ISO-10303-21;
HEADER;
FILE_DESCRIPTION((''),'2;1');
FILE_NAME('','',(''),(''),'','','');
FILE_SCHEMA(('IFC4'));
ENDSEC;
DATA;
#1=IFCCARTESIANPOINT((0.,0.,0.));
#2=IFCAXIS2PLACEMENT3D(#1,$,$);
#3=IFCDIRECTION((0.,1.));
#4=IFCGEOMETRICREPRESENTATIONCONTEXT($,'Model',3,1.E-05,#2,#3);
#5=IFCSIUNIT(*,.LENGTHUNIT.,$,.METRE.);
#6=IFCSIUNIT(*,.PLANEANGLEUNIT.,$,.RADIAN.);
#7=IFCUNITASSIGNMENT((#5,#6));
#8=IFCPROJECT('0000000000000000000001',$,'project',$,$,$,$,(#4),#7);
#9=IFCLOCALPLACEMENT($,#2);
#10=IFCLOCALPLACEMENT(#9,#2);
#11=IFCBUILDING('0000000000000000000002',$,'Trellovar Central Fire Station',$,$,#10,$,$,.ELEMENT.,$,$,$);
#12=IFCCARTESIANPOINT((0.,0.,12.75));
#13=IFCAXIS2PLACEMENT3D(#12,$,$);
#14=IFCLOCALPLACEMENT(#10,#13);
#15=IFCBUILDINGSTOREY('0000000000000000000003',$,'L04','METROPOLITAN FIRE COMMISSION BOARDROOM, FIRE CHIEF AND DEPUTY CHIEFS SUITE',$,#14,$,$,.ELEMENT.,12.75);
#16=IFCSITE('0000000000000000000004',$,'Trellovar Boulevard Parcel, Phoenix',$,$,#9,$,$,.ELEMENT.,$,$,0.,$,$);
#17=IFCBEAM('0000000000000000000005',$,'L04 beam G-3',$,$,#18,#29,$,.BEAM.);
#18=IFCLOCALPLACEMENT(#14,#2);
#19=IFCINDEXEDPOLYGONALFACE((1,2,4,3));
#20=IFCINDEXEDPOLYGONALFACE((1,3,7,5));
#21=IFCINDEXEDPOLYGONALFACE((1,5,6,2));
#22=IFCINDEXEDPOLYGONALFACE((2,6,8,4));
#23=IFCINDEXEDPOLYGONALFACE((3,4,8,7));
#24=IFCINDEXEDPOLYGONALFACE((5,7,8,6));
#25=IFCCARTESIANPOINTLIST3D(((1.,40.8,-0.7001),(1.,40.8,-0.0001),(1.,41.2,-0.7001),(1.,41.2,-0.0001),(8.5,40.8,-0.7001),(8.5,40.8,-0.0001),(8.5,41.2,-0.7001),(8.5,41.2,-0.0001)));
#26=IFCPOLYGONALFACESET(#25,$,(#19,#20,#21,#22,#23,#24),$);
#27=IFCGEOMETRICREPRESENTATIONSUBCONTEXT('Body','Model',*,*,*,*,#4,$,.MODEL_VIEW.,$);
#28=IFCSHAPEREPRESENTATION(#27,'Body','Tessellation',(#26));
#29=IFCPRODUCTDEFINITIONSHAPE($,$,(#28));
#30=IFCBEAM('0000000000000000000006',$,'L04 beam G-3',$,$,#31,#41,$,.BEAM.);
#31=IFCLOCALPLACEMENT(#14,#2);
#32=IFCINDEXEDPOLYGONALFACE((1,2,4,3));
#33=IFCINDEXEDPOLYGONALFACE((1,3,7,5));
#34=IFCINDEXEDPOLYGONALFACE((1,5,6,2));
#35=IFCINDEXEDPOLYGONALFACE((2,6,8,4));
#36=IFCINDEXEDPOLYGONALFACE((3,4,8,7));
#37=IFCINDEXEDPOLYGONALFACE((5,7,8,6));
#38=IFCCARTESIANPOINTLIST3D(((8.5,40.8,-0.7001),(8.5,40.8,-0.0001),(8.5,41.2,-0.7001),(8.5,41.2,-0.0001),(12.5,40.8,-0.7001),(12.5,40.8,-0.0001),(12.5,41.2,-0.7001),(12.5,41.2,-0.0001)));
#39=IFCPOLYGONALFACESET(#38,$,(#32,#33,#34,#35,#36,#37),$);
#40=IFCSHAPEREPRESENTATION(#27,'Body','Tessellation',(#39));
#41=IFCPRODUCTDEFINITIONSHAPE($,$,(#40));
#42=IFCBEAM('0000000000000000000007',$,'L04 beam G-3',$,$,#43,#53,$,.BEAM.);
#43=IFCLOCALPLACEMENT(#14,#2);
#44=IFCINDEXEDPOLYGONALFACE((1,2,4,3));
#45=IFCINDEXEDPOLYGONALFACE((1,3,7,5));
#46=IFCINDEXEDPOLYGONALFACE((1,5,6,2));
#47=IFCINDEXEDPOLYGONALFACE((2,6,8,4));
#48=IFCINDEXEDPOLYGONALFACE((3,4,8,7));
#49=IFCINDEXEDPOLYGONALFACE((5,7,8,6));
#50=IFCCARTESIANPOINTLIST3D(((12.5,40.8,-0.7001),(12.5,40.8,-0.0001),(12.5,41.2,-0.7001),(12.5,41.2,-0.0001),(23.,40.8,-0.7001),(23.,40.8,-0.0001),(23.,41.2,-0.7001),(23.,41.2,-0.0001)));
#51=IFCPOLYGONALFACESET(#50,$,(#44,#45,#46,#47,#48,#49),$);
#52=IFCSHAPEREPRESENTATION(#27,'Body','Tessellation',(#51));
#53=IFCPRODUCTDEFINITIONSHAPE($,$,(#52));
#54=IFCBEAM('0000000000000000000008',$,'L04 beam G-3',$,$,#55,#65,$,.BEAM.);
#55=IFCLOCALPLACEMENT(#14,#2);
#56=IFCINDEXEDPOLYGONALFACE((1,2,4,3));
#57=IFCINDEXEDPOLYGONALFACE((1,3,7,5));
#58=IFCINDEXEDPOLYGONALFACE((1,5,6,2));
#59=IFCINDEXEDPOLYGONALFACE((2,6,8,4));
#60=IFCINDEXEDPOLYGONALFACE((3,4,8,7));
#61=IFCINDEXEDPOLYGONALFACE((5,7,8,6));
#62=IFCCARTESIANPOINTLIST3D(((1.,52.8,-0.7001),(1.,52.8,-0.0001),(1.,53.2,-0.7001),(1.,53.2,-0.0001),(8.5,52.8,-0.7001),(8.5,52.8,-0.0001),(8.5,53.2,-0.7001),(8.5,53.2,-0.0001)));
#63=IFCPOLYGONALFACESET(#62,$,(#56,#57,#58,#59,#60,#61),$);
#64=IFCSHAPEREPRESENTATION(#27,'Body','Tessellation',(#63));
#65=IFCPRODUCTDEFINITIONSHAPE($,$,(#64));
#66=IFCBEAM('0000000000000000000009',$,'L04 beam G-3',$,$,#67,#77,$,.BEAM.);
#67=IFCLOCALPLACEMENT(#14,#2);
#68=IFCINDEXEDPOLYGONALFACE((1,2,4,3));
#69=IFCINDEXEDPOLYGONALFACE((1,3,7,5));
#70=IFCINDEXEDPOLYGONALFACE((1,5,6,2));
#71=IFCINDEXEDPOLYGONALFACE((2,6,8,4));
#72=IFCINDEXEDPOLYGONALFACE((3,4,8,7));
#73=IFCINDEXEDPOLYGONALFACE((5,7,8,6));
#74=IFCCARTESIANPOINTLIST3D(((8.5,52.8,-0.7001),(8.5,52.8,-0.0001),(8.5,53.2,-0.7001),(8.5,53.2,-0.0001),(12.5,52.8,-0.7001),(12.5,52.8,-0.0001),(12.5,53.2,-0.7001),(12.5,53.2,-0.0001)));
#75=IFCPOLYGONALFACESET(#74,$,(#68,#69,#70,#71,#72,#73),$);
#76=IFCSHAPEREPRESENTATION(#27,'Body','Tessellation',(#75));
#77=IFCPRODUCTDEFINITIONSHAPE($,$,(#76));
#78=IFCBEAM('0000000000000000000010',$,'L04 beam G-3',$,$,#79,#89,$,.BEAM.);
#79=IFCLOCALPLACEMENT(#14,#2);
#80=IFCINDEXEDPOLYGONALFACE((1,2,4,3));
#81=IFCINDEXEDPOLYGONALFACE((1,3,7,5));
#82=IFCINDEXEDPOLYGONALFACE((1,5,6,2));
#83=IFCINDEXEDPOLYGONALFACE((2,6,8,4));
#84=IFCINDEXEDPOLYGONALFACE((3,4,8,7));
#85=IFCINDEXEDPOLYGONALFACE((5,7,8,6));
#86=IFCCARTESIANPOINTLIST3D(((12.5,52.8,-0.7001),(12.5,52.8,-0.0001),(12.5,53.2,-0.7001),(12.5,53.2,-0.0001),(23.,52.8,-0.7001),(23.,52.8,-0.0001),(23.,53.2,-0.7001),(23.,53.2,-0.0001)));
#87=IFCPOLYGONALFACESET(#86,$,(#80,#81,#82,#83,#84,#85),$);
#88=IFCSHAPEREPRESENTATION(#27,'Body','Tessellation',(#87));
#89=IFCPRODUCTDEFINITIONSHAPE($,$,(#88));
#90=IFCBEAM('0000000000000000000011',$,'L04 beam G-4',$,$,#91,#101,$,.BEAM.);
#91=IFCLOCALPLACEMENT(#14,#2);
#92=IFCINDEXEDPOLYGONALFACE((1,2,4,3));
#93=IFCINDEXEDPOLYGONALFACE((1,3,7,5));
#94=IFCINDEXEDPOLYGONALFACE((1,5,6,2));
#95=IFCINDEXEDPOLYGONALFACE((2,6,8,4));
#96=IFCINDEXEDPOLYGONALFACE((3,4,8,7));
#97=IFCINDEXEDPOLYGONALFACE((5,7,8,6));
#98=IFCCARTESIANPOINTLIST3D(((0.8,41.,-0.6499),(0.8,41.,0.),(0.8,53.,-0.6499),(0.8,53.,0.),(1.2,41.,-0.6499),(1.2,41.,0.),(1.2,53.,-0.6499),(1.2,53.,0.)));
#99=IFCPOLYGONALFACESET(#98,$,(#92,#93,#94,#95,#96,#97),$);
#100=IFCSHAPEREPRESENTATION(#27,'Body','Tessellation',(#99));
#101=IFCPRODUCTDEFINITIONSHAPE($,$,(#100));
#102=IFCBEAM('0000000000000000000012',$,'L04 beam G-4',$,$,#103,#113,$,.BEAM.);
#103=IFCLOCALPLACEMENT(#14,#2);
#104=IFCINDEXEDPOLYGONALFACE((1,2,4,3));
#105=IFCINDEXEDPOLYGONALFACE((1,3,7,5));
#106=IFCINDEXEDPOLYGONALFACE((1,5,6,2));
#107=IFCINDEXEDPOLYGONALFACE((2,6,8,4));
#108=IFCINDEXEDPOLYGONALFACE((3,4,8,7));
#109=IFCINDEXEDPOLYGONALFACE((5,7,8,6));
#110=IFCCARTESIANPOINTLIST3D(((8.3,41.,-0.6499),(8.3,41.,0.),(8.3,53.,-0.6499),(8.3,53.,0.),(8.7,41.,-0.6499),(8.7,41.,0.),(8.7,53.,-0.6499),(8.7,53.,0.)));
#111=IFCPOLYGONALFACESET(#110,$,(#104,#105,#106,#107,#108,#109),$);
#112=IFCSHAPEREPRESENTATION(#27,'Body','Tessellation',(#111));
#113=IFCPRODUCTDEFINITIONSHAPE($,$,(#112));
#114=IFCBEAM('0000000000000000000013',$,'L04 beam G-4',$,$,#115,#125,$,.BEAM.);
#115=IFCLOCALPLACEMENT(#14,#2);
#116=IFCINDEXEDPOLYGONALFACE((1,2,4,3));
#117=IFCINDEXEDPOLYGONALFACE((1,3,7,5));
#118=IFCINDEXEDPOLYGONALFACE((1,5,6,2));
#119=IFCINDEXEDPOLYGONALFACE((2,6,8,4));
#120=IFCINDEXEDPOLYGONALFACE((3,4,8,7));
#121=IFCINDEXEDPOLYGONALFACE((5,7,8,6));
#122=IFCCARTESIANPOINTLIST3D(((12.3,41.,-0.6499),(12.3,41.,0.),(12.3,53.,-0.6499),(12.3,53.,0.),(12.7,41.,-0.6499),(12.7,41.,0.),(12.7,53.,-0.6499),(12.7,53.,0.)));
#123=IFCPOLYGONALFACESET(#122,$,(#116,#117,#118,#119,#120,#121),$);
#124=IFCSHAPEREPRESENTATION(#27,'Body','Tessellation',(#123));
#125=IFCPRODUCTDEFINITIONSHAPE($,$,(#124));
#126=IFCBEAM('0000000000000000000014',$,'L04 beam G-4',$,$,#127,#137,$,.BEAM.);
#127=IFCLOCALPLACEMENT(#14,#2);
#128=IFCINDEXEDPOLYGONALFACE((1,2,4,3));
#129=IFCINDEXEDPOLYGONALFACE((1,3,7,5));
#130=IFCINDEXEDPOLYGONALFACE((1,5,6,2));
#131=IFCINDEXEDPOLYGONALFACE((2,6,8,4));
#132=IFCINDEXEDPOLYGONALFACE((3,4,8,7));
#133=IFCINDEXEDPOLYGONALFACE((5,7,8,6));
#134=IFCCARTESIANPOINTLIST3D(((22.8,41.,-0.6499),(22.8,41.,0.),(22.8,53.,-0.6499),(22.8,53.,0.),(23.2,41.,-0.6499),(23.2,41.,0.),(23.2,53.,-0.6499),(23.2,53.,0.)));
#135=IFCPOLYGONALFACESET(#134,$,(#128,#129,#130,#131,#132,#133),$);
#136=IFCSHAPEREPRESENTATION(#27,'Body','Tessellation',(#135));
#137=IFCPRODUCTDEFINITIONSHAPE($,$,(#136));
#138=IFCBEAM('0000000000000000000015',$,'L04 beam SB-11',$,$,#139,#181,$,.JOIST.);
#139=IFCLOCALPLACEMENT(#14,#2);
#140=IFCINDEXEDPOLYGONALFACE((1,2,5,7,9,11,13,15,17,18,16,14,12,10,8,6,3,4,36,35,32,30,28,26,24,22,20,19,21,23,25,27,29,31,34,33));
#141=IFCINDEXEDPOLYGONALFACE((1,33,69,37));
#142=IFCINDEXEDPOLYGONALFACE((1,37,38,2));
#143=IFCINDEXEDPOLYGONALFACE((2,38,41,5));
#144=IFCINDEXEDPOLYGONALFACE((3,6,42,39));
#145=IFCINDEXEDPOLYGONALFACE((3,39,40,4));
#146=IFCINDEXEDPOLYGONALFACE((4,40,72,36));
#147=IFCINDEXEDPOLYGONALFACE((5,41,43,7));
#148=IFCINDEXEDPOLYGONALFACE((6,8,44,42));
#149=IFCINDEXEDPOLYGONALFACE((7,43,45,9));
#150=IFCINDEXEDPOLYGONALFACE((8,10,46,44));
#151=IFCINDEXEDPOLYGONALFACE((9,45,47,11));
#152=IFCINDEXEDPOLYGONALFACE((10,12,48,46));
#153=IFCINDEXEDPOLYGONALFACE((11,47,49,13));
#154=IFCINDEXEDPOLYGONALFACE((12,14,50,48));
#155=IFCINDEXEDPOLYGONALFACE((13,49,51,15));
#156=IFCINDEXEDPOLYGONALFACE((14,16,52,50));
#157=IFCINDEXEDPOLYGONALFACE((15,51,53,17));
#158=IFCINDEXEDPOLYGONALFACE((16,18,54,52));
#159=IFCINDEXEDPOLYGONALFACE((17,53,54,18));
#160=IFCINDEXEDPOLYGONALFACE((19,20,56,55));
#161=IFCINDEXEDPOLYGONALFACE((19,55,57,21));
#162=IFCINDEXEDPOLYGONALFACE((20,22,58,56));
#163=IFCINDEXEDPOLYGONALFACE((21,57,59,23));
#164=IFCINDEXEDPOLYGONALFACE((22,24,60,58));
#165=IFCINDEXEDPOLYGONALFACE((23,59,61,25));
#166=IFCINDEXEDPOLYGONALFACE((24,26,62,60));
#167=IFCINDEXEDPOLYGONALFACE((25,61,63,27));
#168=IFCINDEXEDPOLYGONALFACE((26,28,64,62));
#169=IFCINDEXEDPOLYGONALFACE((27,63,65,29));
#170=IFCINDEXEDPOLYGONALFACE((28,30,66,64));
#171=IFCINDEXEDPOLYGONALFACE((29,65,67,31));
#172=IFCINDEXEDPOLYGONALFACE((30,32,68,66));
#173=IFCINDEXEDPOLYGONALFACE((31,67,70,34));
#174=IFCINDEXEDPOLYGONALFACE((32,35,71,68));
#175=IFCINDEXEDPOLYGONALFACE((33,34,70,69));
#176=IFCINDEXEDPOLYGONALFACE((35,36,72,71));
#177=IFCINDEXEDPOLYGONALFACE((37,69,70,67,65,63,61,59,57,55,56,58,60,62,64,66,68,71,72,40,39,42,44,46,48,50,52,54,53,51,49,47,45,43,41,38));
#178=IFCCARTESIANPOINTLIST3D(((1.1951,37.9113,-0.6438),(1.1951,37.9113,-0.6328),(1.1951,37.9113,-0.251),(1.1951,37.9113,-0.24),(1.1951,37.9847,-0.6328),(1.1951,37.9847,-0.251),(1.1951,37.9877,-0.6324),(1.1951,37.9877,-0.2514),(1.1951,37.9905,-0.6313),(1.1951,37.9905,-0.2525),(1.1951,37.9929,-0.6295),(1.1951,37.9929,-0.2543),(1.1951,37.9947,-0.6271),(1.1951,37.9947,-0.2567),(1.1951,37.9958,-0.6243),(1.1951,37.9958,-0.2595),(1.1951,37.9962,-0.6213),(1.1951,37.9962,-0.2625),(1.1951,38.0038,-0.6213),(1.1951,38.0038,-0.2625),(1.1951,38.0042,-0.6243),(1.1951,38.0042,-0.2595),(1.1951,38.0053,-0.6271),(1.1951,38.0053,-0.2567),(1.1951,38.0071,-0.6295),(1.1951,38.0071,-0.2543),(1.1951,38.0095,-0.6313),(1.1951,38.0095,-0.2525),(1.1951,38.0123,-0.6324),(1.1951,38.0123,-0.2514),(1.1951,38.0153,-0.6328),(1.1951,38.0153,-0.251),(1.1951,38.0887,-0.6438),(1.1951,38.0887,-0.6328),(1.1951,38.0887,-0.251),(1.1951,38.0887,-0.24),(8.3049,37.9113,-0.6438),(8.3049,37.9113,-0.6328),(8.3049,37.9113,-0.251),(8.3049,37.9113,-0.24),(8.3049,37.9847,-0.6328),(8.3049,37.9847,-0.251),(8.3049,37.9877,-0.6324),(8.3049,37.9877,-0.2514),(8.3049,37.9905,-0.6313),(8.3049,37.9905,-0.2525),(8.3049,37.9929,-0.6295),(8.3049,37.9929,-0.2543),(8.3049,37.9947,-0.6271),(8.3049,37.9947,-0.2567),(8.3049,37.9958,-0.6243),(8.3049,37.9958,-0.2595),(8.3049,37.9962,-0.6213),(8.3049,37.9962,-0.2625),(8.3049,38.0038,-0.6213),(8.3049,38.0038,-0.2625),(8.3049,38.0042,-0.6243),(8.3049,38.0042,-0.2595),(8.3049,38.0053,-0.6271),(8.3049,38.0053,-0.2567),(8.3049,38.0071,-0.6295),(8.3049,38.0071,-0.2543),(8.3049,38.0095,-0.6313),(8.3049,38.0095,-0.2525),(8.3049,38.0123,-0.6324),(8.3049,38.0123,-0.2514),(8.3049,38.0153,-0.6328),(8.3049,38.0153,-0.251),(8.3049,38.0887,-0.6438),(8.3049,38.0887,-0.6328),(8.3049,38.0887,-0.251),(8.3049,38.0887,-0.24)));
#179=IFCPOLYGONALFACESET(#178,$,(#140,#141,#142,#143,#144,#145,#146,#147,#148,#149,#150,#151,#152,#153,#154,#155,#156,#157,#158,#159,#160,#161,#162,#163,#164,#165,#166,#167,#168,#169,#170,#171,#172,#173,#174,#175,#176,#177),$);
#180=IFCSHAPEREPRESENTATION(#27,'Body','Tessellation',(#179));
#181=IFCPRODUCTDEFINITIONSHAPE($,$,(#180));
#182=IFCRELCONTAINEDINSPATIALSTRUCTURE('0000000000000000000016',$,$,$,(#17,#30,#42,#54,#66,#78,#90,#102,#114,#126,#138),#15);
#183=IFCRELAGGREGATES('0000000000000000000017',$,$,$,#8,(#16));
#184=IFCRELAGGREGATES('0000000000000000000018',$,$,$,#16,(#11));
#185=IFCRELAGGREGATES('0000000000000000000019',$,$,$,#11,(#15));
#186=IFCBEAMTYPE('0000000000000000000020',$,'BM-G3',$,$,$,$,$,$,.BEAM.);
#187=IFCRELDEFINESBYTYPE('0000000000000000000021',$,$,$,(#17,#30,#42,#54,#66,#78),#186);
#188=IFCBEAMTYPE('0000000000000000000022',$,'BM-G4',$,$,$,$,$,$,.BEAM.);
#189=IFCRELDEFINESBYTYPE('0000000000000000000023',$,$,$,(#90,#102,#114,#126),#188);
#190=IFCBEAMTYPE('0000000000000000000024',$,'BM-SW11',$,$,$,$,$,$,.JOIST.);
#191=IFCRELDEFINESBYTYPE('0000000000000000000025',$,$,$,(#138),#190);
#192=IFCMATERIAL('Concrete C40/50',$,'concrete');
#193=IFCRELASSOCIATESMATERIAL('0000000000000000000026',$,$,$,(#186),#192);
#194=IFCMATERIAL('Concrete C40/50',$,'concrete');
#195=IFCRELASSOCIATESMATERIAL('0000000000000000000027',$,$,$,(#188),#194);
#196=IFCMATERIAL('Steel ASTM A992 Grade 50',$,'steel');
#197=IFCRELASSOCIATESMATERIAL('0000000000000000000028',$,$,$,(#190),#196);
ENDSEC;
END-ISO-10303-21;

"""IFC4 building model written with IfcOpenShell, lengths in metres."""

from ifc_helpers import new_model, si_unit, direction, frame, origin, origin_2d, place, context, subcontext, project, spatial, rectangle, i_section, extrude, material, material_profile, profile_set, type_object, element, save


model = new_model("IFC4")

# Units and contexts
model_context = context("Model", 3, precision=1e-05, world=origin(), true_north=direction((0.0, 1.0)))
body_context = subcontext(model_context, "Body", "Model", "MODEL_VIEW")
ifc_project = project(units=[si_unit("LENGTHUNIT", "METRE"), si_unit("PLANEANGLEUNIT", "RADIAN")], contexts=[model_context])

# Site, building, storey
site_placement = place(None, origin())
site = spatial("IfcSite", under=ifc_project, at=site_placement, Name="Trellovar Boulevard Parcel, Phoenix", CompositionType="ELEMENT", RefElevation=0.0)
building_placement = place(site_placement, origin())
building = spatial("IfcBuilding", under=site, at=building_placement, Name="Trellovar Central Fire Station", CompositionType="ELEMENT")
storey_placement = place(building_placement, frame((0.0, 0.0, 12.75)))
storey = spatial("IfcBuildingStorey", under=building, at=storey_placement, Name="L04", Description="METROPOLITAN FIRE COMMISSION BOARDROOM, FIRE CHIEF AND DEPUTY CHIEFS SUITE", CompositionType="ELEMENT", Elevation=12.75)

# Beams
ifc_material_1 = material(Name="Concrete C40/50", Category="concrete")
ifc_material_profile_1 = material_profile(ifc_material_1, rectangle(XDim=0.3999, YDim=0.7, at=origin_2d()), Name="RC400X700")
ifc_profile_set_1 = profile_set([ifc_material_profile_1], Name="Concrete C40/50")
beam_type_1 = type_object("IfcBeamType", Name="BM-G3", PredefinedType="BEAM", material=ifc_profile_set_1)
beam_1_placement = place(storey_placement, frame((1.0, 41.0, -0.3501), z_axis=(1.0, 0.0, 0.0), x_axis=(0.0, 1.0, 0.0)))
element("IfcBeam", 1, at=beam_1_placement, inside=storey, type_object=beam_type_1, Name="L04 beam G-3", PredefinedType="BEAM", context=body_context, shape_type="SweptSolid", body=[
    extrude(rectangle(XDim=0.3999, YDim=0.7, at=origin_2d()), origin(), (0.0, 0.0, 1.0), 7.5),
])
beam_2_placement = place(storey_placement, frame((8.5, 41.0, -0.3501), z_axis=(1.0, 0.0, 0.0), x_axis=(0.0, 1.0, 0.0)))
element("IfcBeam", 2, at=beam_2_placement, inside=storey, type_object=beam_type_1, Name="L04 beam G-3", PredefinedType="BEAM", context=body_context, shape_type="SweptSolid", body=[
    extrude(rectangle(XDim=0.3999, YDim=0.7, at=origin_2d()), origin(), (0.0, 0.0, 1.0), 4.0),
])
beam_3_placement = place(storey_placement, frame((12.5, 41.0, -0.3501), z_axis=(1.0, 0.0, 0.0), x_axis=(0.0, 1.0, 0.0)))
element("IfcBeam", 3, at=beam_3_placement, inside=storey, type_object=beam_type_1, Name="L04 beam G-3", PredefinedType="BEAM", context=body_context, shape_type="SweptSolid", body=[
    extrude(rectangle(XDim=0.3999, YDim=0.7, at=origin_2d()), origin(), (0.0, 0.0, 1.0), 10.5),
])
beam_4_placement = place(storey_placement, frame((1.0, 53.0, -0.3501), z_axis=(1.0, 0.0, 0.0), x_axis=(0.0, 1.0, 0.0)))
element("IfcBeam", 4, at=beam_4_placement, inside=storey, type_object=beam_type_1, Name="L04 beam G-3", PredefinedType="BEAM", context=body_context, shape_type="SweptSolid", body=[
    extrude(rectangle(XDim=0.3999, YDim=0.7, at=origin_2d()), origin(), (0.0, 0.0, 1.0), 7.5),
])
beam_5_placement = place(storey_placement, frame((8.5, 53.0, -0.3501), z_axis=(1.0, 0.0, 0.0), x_axis=(0.0, 1.0, 0.0)))
element("IfcBeam", 5, at=beam_5_placement, inside=storey, type_object=beam_type_1, Name="L04 beam G-3", PredefinedType="BEAM", context=body_context, shape_type="SweptSolid", body=[
    extrude(rectangle(XDim=0.3999, YDim=0.7, at=origin_2d()), origin(), (0.0, 0.0, 1.0), 4.0),
])
beam_6_placement = place(storey_placement, frame((12.5, 53.0, -0.3501), z_axis=(1.0, 0.0, 0.0), x_axis=(0.0, 1.0, 0.0)))
element("IfcBeam", 6, at=beam_6_placement, inside=storey, type_object=beam_type_1, Name="L04 beam G-3", PredefinedType="BEAM", context=body_context, shape_type="SweptSolid", body=[
    extrude(rectangle(XDim=0.3999, YDim=0.7, at=origin_2d()), origin(), (0.0, 0.0, 1.0), 10.5),
])
ifc_material_2 = material(Name="Concrete C40/50", Category="concrete")
ifc_material_profile_2 = material_profile(ifc_material_2, rectangle(XDim=0.3999, YDim=0.6499, at=origin_2d()), Name="RC400X650")
ifc_profile_set_2 = profile_set([ifc_material_profile_2], Name="Concrete C40/50")
beam_type_2 = type_object("IfcBeamType", Name="BM-G4", PredefinedType="BEAM", material=ifc_profile_set_2)
for number, where, z_axis, x_axis, name in (
    (7, (1.0, 41.0, -0.325), (0.0, 1.0, 0.0), (-1.0, 0.0, 0.0), "L04 beam G-4"),
    (8, (8.5, 41.0, -0.325), (0.0, 1.0, 0.0), (-1.0, 0.0, 0.0), "L04 beam G-4"),
    (9, (12.5, 41.0, -0.325), (0.0, 1.0, 0.0), (-1.0, 0.0, 0.0), "L04 beam G-4"),
    (10, (23.0, 41.0, -0.325), (0.0, 1.0, 0.0), (-1.0, 0.0, 0.0), "L04 beam G-4"),
):
    element("IfcBeam", number, at=place(storey_placement, frame(where, z_axis=z_axis, x_axis=x_axis)), inside=storey, type_object=beam_type_2, Name=name, PredefinedType="BEAM", context=body_context, shape_type="SweptSolid", body=[
        extrude(rectangle(XDim=0.3999, YDim=0.6499, at=origin_2d()), origin(), (0.0, 0.0, 1.0), 12.0),
    ])
ifc_material_3 = material(Name="Steel ASTM A992 Grade 50", Category="steel")
ifc_material_profile_3 = material_profile(ifc_material_3, i_section(OverallWidth=0.1775, OverallDepth=0.4038, WebThickness=0.0076, FlangeThickness=0.011, FilletRadius=0.0115, at=origin_2d()), Name="W16X36")
ifc_profile_set_3 = profile_set([ifc_material_profile_3], Name="Steel ASTM A992 Grade 50")
beam_type_3 = type_object("IfcBeamType", Name="BM-SW11", PredefinedType="JOIST", material=ifc_profile_set_3)
for number, where, z_axis, x_axis, name in (
    (11, (1.1951, 38.0, -0.4419), (1.0, 0.0, 0.0), (0.0, 1.0, 0.0), "L04 beam SB-11"),
):
    element("IfcBeam", number, at=place(storey_placement, frame(where, z_axis=z_axis, x_axis=x_axis)), inside=storey, type_object=beam_type_3, Name=name, PredefinedType="JOIST", context=body_context, shape_type="SweptSolid", body=[
        extrude(i_section(OverallWidth=0.1775, OverallDepth=0.4038, WebThickness=0.0076, FlangeThickness=0.011, FilletRadius=0.0115, at=origin_2d()), origin(), (0.0, 0.0, 1.0), 7.1099),
    ])

save(model, "model.ifc")
